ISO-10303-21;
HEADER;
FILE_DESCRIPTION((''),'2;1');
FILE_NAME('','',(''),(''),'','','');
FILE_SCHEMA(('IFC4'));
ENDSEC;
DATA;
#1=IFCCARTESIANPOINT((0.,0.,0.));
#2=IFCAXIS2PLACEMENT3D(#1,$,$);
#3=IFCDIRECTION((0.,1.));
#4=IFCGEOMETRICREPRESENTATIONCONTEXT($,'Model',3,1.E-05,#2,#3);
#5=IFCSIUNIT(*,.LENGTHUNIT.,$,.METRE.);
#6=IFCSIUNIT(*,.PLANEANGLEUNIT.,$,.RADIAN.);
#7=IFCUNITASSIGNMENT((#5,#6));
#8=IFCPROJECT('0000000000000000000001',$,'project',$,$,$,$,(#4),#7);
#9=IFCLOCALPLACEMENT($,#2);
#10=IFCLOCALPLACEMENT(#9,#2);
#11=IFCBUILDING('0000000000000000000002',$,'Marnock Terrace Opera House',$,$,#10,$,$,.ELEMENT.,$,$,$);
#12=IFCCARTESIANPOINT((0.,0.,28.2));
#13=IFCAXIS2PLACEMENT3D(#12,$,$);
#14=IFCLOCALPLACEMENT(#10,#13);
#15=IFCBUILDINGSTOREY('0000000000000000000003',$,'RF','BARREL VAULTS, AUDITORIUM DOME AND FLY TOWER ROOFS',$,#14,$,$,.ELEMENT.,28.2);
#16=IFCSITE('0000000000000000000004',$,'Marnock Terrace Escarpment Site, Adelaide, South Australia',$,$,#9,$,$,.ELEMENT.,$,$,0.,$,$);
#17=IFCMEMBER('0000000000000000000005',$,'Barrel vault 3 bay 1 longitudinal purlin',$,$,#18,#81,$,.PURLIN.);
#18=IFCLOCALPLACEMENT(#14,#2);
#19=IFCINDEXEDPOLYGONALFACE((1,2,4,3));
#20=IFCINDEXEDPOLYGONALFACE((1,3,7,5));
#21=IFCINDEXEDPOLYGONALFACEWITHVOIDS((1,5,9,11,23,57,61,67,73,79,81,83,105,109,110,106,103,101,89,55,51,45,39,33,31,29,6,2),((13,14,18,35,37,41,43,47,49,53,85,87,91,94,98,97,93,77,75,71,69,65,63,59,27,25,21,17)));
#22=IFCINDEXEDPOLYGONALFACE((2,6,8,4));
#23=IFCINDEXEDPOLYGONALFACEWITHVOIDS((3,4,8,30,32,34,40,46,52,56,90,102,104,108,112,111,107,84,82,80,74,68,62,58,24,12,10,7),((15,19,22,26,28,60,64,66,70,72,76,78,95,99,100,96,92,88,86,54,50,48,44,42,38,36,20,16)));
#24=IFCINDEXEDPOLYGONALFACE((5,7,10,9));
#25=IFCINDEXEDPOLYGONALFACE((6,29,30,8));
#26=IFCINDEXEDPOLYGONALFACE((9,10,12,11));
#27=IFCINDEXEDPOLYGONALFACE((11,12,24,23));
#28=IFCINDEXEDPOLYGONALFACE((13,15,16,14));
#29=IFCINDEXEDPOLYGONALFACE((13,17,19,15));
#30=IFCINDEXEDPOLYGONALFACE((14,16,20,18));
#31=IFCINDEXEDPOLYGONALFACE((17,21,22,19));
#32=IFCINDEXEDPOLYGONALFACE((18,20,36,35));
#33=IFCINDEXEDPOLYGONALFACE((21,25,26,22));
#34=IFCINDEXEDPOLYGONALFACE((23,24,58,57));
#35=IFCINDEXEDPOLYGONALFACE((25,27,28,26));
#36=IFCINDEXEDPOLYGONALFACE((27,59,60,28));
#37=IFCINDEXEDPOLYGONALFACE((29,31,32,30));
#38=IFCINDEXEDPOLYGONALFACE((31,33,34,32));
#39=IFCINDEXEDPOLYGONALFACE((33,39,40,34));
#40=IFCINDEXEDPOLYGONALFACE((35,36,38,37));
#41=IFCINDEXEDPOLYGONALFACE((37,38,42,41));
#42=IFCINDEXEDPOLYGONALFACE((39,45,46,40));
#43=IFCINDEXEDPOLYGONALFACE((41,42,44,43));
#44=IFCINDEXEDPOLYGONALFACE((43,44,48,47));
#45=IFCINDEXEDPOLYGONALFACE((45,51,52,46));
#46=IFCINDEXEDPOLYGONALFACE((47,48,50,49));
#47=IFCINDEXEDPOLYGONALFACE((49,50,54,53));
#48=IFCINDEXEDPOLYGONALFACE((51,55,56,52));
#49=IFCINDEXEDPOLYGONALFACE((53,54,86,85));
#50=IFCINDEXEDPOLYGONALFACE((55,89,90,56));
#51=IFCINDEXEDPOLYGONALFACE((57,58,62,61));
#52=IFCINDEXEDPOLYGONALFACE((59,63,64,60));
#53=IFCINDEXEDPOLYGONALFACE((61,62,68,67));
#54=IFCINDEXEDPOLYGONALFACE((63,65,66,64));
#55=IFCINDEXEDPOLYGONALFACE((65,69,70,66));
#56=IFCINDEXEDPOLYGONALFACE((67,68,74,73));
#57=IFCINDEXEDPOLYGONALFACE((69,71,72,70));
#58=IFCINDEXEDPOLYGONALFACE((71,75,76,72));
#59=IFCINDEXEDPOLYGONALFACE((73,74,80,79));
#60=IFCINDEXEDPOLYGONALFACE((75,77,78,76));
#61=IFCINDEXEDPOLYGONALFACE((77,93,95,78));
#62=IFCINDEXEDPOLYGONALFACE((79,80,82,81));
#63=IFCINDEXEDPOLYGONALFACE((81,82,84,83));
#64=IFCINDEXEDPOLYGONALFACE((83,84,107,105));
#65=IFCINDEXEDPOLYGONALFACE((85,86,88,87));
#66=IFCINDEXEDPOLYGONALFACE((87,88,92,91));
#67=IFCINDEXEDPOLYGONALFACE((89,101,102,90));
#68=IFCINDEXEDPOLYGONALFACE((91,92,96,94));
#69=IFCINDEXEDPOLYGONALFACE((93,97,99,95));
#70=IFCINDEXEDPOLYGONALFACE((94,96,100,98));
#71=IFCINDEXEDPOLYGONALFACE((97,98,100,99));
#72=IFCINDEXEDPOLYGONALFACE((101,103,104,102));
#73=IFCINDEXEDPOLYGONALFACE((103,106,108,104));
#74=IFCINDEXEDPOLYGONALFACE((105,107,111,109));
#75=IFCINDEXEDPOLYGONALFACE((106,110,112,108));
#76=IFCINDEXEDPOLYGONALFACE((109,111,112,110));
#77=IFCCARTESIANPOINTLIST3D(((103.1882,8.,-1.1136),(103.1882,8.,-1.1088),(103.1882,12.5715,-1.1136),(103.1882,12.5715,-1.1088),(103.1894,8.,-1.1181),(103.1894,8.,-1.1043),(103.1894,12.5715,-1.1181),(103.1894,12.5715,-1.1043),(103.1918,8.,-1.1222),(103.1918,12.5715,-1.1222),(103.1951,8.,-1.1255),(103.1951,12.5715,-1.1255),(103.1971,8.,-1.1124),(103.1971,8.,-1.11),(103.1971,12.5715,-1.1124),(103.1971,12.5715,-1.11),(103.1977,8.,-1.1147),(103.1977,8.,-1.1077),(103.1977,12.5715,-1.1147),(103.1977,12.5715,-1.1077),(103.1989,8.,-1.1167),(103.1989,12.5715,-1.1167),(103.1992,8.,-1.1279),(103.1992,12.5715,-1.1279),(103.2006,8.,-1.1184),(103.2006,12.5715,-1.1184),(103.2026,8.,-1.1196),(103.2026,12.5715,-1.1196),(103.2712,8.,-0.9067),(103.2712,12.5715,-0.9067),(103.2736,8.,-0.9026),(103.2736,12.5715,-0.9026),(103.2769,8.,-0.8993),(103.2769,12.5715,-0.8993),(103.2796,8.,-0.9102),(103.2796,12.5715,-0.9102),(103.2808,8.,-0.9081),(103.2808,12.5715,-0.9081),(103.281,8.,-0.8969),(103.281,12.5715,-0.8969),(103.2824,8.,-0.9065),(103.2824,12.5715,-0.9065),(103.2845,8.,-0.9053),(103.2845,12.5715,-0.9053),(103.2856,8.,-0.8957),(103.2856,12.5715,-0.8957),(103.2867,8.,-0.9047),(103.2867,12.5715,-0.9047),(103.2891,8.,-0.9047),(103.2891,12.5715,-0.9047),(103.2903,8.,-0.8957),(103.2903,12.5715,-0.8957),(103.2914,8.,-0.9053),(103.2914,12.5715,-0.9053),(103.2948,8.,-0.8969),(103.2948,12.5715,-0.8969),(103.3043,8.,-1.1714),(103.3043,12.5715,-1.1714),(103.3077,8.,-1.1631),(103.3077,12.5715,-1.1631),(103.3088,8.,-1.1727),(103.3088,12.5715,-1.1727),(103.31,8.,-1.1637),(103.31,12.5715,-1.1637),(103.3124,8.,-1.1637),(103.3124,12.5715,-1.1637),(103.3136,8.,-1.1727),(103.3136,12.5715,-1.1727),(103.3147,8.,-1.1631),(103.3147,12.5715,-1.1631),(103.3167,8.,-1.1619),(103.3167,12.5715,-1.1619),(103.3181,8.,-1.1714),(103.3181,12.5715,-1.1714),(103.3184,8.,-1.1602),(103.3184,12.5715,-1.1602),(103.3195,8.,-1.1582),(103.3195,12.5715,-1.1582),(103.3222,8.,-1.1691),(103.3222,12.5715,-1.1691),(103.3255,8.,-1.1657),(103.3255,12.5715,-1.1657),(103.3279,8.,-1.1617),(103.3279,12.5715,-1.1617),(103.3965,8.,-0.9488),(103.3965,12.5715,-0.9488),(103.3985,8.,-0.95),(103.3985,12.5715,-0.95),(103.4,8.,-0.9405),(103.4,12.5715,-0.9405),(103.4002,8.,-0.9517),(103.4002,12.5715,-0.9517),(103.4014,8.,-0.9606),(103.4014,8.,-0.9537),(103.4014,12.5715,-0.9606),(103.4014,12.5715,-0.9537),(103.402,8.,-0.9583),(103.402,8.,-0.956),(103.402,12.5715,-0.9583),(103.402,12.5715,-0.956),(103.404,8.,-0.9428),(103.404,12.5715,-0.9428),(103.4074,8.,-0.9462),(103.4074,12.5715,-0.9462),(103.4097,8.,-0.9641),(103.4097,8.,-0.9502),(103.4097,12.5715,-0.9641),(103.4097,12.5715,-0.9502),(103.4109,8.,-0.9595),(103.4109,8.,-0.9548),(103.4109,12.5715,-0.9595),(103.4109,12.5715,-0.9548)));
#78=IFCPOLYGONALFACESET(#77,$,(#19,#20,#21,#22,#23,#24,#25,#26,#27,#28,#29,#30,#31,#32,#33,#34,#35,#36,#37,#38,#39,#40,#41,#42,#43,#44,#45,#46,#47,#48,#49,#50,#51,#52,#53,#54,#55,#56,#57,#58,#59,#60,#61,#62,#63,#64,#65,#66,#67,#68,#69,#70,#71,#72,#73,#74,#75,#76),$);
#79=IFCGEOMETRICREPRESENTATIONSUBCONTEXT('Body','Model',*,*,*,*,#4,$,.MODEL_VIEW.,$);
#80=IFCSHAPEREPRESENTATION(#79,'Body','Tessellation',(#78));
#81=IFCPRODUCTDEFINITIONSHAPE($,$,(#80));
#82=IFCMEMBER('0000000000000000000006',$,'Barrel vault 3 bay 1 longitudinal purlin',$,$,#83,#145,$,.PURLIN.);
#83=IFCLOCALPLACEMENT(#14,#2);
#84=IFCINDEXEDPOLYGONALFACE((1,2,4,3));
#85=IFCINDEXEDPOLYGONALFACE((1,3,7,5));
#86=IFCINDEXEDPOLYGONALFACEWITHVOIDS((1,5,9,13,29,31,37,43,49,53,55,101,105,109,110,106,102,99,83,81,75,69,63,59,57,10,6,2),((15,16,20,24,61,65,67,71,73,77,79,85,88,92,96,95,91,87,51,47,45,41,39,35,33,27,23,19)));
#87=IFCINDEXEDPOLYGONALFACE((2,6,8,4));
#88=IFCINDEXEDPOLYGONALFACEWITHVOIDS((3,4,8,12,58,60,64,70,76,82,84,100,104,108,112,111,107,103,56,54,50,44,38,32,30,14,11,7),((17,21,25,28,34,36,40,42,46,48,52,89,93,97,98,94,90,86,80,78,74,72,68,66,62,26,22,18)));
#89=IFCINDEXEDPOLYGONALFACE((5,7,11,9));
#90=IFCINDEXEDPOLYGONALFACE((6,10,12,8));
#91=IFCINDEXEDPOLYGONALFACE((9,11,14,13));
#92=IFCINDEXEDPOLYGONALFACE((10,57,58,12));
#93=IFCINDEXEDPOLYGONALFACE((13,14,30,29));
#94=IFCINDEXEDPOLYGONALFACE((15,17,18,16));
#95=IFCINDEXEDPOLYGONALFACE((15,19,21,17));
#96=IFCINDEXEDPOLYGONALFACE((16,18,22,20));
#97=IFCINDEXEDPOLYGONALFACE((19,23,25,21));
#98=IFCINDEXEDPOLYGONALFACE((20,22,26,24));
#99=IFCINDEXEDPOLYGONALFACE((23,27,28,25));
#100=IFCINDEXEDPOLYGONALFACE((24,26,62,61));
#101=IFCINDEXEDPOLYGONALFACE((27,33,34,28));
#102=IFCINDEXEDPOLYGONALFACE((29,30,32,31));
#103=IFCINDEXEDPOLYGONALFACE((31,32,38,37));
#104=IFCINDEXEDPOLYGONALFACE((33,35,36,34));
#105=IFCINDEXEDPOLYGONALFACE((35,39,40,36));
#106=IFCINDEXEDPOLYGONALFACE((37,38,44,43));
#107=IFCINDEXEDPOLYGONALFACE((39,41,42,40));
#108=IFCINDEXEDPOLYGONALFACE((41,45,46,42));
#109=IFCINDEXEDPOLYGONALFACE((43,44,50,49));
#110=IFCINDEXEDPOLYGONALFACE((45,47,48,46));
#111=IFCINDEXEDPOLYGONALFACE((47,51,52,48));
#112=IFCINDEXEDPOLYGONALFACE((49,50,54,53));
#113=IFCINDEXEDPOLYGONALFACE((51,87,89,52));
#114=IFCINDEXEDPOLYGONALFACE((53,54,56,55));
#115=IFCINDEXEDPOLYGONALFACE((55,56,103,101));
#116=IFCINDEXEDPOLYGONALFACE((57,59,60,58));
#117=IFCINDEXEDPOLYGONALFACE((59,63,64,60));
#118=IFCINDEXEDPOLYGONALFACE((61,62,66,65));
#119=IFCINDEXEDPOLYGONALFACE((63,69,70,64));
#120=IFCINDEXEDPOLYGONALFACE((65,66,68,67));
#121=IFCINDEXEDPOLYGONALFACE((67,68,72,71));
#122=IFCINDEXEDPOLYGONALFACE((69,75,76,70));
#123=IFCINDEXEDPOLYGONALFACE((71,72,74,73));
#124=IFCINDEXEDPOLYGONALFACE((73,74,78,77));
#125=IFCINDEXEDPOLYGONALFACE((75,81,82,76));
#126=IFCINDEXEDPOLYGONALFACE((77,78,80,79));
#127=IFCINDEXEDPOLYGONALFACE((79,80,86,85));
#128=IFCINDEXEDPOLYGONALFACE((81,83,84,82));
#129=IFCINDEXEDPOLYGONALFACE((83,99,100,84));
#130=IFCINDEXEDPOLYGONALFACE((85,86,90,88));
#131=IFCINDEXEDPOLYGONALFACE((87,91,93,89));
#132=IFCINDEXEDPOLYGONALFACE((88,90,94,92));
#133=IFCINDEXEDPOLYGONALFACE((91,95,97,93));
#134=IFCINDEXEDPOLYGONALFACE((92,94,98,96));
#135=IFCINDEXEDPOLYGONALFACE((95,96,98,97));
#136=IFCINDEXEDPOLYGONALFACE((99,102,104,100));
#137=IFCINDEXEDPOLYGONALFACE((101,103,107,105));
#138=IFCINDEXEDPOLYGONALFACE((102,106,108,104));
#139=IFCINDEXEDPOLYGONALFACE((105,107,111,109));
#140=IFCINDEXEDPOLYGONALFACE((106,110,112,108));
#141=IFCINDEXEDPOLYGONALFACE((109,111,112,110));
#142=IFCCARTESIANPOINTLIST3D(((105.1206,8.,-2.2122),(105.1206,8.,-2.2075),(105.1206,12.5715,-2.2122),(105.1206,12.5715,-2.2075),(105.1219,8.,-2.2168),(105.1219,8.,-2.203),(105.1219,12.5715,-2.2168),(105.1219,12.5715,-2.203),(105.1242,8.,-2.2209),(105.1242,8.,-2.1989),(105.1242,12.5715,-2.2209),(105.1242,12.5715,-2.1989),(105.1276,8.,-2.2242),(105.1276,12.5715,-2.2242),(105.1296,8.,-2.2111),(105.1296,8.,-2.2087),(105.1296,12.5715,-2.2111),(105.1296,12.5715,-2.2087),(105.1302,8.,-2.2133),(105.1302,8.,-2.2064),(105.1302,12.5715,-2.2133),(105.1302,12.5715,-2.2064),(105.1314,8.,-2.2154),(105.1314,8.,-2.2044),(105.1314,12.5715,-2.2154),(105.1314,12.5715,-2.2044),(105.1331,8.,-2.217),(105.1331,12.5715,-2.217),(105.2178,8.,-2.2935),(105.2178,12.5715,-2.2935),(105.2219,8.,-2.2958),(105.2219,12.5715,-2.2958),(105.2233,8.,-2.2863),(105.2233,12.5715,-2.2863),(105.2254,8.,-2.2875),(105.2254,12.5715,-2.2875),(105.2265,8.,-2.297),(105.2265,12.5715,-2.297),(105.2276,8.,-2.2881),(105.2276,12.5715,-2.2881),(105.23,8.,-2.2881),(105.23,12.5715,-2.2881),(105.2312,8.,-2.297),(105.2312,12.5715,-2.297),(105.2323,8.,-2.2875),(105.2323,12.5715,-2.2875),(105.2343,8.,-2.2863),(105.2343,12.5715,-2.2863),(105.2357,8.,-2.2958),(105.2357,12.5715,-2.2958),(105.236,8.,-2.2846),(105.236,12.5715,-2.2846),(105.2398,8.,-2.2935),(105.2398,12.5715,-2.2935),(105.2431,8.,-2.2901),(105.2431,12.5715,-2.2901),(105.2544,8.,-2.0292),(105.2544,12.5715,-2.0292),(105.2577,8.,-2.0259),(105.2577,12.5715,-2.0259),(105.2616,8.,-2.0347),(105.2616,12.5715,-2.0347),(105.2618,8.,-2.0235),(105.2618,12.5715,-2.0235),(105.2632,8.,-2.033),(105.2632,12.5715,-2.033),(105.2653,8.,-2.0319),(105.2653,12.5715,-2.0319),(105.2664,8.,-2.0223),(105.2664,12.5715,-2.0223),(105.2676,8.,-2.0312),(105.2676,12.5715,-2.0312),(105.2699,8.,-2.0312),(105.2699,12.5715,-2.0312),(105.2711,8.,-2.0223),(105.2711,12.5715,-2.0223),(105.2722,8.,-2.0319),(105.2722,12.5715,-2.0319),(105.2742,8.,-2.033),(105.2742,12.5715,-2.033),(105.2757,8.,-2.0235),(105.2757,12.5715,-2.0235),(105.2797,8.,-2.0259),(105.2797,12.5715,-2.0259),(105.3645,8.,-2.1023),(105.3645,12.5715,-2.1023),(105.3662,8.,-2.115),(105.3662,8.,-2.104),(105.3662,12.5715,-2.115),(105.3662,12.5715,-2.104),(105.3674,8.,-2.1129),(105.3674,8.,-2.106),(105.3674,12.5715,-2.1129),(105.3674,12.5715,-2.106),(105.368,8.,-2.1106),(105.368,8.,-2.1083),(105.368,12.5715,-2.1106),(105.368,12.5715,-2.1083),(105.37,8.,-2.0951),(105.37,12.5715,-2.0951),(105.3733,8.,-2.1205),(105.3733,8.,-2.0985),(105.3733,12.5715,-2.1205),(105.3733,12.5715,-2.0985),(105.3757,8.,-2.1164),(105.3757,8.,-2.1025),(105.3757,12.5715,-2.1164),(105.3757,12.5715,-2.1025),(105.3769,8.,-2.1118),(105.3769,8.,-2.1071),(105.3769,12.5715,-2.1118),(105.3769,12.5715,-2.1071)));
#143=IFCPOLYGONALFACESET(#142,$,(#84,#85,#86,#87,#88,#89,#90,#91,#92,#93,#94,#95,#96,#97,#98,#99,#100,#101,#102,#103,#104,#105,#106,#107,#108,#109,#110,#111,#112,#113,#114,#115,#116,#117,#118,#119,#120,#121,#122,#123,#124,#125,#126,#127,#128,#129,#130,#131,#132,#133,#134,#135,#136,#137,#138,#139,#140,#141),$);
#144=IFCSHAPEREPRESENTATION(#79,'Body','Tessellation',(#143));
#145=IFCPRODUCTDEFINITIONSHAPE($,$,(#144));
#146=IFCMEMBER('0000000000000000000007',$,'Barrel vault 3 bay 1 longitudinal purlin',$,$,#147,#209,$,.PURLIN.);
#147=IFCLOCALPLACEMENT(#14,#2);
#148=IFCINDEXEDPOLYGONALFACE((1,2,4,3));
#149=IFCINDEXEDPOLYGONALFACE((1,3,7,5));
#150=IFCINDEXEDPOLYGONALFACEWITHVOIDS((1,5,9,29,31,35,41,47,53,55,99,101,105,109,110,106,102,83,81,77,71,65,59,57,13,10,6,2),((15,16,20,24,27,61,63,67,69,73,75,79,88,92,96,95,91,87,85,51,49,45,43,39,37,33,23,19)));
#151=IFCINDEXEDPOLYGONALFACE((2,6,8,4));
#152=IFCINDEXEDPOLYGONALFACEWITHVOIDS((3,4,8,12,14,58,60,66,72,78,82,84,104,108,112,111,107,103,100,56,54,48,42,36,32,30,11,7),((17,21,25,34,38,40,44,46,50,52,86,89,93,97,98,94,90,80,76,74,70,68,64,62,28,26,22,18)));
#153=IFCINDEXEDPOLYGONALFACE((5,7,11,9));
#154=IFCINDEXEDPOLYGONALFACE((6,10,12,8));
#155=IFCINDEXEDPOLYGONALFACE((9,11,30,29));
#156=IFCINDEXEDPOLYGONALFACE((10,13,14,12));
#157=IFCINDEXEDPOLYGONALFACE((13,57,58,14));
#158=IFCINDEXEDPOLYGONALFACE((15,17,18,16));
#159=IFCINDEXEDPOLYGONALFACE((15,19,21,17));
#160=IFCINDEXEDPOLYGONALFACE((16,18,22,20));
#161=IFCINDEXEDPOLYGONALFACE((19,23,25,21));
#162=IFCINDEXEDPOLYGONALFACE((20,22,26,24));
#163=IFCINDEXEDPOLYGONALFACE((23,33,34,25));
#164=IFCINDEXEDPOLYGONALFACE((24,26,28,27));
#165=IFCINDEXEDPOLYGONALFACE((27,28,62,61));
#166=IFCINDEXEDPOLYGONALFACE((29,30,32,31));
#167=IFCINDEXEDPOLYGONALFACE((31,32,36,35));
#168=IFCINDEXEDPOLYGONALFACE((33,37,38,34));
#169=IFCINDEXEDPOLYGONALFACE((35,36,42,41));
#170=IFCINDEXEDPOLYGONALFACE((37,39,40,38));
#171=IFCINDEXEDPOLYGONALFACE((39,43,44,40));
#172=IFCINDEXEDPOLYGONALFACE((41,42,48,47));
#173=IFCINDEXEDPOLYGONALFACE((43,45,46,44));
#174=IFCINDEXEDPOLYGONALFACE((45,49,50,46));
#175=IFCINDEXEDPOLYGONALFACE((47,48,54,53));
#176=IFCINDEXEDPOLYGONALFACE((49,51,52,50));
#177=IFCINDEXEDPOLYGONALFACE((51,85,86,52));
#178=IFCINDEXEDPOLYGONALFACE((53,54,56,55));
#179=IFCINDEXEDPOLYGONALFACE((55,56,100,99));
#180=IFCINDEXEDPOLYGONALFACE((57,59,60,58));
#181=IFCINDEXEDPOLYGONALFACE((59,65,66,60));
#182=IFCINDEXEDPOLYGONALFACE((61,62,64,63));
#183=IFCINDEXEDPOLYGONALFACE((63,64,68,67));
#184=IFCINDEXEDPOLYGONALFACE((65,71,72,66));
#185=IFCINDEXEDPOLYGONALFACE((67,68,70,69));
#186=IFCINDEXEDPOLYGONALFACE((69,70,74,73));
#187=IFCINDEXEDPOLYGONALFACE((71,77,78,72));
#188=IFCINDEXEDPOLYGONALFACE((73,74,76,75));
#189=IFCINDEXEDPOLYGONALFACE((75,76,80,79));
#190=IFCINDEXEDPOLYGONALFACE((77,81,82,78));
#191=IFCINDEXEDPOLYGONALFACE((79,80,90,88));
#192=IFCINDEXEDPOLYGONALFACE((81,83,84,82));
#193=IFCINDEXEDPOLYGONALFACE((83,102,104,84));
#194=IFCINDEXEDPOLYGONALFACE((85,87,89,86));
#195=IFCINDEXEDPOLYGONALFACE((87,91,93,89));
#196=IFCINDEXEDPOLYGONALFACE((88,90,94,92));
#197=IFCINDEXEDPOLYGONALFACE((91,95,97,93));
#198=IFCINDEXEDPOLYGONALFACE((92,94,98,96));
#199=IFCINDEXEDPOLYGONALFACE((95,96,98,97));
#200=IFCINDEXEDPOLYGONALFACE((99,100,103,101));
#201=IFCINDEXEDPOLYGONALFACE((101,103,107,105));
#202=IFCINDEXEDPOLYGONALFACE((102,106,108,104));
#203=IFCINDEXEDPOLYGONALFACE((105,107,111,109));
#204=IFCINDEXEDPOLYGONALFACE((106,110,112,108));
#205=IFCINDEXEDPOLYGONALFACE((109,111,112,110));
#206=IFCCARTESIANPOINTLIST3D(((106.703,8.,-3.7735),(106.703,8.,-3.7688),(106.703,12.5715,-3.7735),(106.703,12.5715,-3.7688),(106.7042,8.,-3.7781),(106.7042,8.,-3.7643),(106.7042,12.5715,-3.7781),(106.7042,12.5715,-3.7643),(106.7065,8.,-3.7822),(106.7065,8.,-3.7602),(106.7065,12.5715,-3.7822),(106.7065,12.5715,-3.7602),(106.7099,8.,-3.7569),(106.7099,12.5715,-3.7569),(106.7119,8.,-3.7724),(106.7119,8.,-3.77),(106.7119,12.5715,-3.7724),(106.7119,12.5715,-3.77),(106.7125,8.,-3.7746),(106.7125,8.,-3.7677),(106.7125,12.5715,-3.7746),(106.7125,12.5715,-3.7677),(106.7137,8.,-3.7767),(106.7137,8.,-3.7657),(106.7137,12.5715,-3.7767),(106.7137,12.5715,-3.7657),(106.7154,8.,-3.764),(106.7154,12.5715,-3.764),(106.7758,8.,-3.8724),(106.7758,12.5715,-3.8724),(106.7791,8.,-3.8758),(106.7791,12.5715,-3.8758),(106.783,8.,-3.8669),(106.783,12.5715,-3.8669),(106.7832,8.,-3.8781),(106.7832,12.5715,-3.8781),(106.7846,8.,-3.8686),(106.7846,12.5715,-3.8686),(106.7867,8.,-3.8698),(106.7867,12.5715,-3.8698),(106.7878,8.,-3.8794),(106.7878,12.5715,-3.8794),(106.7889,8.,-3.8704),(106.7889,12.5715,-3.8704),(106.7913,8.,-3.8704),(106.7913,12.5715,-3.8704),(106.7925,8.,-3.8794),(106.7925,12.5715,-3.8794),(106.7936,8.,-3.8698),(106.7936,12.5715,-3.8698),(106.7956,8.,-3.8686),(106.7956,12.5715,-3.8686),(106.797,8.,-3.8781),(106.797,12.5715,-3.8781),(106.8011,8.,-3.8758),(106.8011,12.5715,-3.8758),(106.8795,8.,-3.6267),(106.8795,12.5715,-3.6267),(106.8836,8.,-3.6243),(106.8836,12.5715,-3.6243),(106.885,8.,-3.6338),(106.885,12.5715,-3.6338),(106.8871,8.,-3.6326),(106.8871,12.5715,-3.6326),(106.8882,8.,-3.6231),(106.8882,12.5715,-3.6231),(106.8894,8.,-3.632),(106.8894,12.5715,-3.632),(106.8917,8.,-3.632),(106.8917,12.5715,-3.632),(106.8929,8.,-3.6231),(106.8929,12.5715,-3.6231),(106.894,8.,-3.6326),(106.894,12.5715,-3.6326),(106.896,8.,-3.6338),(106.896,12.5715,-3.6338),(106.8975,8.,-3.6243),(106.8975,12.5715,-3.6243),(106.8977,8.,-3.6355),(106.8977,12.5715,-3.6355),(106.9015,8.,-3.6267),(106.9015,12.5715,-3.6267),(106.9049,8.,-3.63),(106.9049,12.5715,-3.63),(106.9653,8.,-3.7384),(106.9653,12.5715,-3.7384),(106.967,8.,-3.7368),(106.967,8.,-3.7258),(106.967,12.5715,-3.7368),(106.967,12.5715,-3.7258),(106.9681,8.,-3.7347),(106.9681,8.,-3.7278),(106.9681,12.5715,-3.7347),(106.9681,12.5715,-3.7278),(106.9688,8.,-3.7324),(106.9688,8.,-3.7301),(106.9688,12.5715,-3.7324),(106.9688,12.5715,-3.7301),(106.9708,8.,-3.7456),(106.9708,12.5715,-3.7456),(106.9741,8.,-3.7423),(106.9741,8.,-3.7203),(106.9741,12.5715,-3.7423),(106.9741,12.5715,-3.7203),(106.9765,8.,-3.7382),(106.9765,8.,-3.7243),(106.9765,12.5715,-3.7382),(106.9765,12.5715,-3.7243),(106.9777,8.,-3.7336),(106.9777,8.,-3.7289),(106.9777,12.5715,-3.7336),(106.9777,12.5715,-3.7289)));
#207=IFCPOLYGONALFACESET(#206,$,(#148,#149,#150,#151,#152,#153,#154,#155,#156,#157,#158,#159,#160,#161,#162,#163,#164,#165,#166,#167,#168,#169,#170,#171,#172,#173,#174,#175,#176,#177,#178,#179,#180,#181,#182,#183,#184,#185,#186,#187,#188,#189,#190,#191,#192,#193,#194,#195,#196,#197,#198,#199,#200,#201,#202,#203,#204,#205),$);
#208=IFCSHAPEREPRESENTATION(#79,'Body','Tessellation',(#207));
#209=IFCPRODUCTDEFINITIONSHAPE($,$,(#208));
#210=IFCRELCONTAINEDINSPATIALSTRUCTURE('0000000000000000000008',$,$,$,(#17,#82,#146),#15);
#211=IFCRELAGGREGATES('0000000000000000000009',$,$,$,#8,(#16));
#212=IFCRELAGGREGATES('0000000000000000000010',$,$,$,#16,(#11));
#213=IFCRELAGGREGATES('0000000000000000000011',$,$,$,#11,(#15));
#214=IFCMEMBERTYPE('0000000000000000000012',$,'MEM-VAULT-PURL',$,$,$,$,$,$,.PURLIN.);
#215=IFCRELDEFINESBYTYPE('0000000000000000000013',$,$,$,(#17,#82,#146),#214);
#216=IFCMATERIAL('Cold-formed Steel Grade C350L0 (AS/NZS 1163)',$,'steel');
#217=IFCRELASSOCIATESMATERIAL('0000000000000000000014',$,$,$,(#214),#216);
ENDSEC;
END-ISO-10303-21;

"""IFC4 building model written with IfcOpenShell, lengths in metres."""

from ifc_helpers import new_model, si_unit, direction, frame, origin, origin_2d, place, context, subcontext, project, spatial, hollow_rectangle, extrude, material, material_profile, profile_set, type_object, element, save


model = new_model("IFC4")

# Units and contexts
model_context = context("Model", 3, precision=1e-05, world=origin(), true_north=direction((0.0, 1.0)))
body_context = subcontext(model_context, "Body", "Model", "MODEL_VIEW")
ifc_project = project(units=[si_unit("LENGTHUNIT", "METRE"), si_unit("PLANEANGLEUNIT", "RADIAN")], contexts=[model_context])

# Site, building, storey
site_placement = place(None, origin())
site = spatial("IfcSite", under=ifc_project, at=site_placement, Name="Marnock Terrace Escarpment Site, Adelaide, South Australia", CompositionType="ELEMENT", RefElevation=0.0)
building_placement = place(site_placement, origin())
building = spatial("IfcBuilding", under=site, at=building_placement, Name="Marnock Terrace Opera House", CompositionType="ELEMENT")
storey_placement = place(building_placement, frame((0.0, 0.0, 28.2)))
storey = spatial("IfcBuildingStorey", under=building, at=storey_placement, Name="RF", Description="BARREL VAULTS, AUDITORIUM DOME AND FLY TOWER ROOFS", CompositionType="ELEMENT", Elevation=28.2)

# Members
ifc_material_1 = material(Name="Cold-formed Steel Grade C350L0 (AS/NZS 1163)", Category="steel")
ifc_material_profile_1 = material_profile(ifc_material_1, hollow_rectangle(XDim=0.1499, YDim=0.25, WallThickness=0.009, InnerFilletRadius=0.009, OuterFilletRadius=0.0181, at=origin_2d()))
ifc_profile_set_1 = profile_set([ifc_material_profile_1], Name="Cold-formed Steel Grade C350L0 (AS/NZS 1163)")
member_type_1 = type_object("IfcMemberType", Name="MEM-VAULT-PURL", PredefinedType="PURLIN", material=ifc_profile_set_1)
for number, where, z_axis, x_axis, name in (
    (1, (103.2996, 8.0, -1.0342), (0.0, 1.0, 0.0), (-0.92388, 0.0, 0.382683), "Barrel vault 3 bay 1 longitudinal purlin"),
    (2, (105.2488, 8.0, -2.1597), (0.0, 1.0, 0.0), (-0.793353, 0.0, 0.608761), "Barrel vault 3 bay 1 longitudinal purlin"),
    (3, (106.8403, 8.0, -3.7512), (0.0, 1.0, 0.0), (-0.608761, 0.0, 0.793353), "Barrel vault 3 bay 1 longitudinal purlin"),
):
    element("IfcMember", number, at=place(storey_placement, frame(where, z_axis=z_axis, x_axis=x_axis)), inside=storey, type_object=member_type_1, Name=name, PredefinedType="PURLIN", context=body_context, shape_type="SweptSolid", body=[
        extrude(hollow_rectangle(XDim=0.1499, YDim=0.25, WallThickness=0.009, InnerFilletRadius=0.009, OuterFilletRadius=0.0181, at=origin_2d()), origin(), (0.0, 0.0, 1.0), 4.5715),
    ])

save(model, "model.ifc")
